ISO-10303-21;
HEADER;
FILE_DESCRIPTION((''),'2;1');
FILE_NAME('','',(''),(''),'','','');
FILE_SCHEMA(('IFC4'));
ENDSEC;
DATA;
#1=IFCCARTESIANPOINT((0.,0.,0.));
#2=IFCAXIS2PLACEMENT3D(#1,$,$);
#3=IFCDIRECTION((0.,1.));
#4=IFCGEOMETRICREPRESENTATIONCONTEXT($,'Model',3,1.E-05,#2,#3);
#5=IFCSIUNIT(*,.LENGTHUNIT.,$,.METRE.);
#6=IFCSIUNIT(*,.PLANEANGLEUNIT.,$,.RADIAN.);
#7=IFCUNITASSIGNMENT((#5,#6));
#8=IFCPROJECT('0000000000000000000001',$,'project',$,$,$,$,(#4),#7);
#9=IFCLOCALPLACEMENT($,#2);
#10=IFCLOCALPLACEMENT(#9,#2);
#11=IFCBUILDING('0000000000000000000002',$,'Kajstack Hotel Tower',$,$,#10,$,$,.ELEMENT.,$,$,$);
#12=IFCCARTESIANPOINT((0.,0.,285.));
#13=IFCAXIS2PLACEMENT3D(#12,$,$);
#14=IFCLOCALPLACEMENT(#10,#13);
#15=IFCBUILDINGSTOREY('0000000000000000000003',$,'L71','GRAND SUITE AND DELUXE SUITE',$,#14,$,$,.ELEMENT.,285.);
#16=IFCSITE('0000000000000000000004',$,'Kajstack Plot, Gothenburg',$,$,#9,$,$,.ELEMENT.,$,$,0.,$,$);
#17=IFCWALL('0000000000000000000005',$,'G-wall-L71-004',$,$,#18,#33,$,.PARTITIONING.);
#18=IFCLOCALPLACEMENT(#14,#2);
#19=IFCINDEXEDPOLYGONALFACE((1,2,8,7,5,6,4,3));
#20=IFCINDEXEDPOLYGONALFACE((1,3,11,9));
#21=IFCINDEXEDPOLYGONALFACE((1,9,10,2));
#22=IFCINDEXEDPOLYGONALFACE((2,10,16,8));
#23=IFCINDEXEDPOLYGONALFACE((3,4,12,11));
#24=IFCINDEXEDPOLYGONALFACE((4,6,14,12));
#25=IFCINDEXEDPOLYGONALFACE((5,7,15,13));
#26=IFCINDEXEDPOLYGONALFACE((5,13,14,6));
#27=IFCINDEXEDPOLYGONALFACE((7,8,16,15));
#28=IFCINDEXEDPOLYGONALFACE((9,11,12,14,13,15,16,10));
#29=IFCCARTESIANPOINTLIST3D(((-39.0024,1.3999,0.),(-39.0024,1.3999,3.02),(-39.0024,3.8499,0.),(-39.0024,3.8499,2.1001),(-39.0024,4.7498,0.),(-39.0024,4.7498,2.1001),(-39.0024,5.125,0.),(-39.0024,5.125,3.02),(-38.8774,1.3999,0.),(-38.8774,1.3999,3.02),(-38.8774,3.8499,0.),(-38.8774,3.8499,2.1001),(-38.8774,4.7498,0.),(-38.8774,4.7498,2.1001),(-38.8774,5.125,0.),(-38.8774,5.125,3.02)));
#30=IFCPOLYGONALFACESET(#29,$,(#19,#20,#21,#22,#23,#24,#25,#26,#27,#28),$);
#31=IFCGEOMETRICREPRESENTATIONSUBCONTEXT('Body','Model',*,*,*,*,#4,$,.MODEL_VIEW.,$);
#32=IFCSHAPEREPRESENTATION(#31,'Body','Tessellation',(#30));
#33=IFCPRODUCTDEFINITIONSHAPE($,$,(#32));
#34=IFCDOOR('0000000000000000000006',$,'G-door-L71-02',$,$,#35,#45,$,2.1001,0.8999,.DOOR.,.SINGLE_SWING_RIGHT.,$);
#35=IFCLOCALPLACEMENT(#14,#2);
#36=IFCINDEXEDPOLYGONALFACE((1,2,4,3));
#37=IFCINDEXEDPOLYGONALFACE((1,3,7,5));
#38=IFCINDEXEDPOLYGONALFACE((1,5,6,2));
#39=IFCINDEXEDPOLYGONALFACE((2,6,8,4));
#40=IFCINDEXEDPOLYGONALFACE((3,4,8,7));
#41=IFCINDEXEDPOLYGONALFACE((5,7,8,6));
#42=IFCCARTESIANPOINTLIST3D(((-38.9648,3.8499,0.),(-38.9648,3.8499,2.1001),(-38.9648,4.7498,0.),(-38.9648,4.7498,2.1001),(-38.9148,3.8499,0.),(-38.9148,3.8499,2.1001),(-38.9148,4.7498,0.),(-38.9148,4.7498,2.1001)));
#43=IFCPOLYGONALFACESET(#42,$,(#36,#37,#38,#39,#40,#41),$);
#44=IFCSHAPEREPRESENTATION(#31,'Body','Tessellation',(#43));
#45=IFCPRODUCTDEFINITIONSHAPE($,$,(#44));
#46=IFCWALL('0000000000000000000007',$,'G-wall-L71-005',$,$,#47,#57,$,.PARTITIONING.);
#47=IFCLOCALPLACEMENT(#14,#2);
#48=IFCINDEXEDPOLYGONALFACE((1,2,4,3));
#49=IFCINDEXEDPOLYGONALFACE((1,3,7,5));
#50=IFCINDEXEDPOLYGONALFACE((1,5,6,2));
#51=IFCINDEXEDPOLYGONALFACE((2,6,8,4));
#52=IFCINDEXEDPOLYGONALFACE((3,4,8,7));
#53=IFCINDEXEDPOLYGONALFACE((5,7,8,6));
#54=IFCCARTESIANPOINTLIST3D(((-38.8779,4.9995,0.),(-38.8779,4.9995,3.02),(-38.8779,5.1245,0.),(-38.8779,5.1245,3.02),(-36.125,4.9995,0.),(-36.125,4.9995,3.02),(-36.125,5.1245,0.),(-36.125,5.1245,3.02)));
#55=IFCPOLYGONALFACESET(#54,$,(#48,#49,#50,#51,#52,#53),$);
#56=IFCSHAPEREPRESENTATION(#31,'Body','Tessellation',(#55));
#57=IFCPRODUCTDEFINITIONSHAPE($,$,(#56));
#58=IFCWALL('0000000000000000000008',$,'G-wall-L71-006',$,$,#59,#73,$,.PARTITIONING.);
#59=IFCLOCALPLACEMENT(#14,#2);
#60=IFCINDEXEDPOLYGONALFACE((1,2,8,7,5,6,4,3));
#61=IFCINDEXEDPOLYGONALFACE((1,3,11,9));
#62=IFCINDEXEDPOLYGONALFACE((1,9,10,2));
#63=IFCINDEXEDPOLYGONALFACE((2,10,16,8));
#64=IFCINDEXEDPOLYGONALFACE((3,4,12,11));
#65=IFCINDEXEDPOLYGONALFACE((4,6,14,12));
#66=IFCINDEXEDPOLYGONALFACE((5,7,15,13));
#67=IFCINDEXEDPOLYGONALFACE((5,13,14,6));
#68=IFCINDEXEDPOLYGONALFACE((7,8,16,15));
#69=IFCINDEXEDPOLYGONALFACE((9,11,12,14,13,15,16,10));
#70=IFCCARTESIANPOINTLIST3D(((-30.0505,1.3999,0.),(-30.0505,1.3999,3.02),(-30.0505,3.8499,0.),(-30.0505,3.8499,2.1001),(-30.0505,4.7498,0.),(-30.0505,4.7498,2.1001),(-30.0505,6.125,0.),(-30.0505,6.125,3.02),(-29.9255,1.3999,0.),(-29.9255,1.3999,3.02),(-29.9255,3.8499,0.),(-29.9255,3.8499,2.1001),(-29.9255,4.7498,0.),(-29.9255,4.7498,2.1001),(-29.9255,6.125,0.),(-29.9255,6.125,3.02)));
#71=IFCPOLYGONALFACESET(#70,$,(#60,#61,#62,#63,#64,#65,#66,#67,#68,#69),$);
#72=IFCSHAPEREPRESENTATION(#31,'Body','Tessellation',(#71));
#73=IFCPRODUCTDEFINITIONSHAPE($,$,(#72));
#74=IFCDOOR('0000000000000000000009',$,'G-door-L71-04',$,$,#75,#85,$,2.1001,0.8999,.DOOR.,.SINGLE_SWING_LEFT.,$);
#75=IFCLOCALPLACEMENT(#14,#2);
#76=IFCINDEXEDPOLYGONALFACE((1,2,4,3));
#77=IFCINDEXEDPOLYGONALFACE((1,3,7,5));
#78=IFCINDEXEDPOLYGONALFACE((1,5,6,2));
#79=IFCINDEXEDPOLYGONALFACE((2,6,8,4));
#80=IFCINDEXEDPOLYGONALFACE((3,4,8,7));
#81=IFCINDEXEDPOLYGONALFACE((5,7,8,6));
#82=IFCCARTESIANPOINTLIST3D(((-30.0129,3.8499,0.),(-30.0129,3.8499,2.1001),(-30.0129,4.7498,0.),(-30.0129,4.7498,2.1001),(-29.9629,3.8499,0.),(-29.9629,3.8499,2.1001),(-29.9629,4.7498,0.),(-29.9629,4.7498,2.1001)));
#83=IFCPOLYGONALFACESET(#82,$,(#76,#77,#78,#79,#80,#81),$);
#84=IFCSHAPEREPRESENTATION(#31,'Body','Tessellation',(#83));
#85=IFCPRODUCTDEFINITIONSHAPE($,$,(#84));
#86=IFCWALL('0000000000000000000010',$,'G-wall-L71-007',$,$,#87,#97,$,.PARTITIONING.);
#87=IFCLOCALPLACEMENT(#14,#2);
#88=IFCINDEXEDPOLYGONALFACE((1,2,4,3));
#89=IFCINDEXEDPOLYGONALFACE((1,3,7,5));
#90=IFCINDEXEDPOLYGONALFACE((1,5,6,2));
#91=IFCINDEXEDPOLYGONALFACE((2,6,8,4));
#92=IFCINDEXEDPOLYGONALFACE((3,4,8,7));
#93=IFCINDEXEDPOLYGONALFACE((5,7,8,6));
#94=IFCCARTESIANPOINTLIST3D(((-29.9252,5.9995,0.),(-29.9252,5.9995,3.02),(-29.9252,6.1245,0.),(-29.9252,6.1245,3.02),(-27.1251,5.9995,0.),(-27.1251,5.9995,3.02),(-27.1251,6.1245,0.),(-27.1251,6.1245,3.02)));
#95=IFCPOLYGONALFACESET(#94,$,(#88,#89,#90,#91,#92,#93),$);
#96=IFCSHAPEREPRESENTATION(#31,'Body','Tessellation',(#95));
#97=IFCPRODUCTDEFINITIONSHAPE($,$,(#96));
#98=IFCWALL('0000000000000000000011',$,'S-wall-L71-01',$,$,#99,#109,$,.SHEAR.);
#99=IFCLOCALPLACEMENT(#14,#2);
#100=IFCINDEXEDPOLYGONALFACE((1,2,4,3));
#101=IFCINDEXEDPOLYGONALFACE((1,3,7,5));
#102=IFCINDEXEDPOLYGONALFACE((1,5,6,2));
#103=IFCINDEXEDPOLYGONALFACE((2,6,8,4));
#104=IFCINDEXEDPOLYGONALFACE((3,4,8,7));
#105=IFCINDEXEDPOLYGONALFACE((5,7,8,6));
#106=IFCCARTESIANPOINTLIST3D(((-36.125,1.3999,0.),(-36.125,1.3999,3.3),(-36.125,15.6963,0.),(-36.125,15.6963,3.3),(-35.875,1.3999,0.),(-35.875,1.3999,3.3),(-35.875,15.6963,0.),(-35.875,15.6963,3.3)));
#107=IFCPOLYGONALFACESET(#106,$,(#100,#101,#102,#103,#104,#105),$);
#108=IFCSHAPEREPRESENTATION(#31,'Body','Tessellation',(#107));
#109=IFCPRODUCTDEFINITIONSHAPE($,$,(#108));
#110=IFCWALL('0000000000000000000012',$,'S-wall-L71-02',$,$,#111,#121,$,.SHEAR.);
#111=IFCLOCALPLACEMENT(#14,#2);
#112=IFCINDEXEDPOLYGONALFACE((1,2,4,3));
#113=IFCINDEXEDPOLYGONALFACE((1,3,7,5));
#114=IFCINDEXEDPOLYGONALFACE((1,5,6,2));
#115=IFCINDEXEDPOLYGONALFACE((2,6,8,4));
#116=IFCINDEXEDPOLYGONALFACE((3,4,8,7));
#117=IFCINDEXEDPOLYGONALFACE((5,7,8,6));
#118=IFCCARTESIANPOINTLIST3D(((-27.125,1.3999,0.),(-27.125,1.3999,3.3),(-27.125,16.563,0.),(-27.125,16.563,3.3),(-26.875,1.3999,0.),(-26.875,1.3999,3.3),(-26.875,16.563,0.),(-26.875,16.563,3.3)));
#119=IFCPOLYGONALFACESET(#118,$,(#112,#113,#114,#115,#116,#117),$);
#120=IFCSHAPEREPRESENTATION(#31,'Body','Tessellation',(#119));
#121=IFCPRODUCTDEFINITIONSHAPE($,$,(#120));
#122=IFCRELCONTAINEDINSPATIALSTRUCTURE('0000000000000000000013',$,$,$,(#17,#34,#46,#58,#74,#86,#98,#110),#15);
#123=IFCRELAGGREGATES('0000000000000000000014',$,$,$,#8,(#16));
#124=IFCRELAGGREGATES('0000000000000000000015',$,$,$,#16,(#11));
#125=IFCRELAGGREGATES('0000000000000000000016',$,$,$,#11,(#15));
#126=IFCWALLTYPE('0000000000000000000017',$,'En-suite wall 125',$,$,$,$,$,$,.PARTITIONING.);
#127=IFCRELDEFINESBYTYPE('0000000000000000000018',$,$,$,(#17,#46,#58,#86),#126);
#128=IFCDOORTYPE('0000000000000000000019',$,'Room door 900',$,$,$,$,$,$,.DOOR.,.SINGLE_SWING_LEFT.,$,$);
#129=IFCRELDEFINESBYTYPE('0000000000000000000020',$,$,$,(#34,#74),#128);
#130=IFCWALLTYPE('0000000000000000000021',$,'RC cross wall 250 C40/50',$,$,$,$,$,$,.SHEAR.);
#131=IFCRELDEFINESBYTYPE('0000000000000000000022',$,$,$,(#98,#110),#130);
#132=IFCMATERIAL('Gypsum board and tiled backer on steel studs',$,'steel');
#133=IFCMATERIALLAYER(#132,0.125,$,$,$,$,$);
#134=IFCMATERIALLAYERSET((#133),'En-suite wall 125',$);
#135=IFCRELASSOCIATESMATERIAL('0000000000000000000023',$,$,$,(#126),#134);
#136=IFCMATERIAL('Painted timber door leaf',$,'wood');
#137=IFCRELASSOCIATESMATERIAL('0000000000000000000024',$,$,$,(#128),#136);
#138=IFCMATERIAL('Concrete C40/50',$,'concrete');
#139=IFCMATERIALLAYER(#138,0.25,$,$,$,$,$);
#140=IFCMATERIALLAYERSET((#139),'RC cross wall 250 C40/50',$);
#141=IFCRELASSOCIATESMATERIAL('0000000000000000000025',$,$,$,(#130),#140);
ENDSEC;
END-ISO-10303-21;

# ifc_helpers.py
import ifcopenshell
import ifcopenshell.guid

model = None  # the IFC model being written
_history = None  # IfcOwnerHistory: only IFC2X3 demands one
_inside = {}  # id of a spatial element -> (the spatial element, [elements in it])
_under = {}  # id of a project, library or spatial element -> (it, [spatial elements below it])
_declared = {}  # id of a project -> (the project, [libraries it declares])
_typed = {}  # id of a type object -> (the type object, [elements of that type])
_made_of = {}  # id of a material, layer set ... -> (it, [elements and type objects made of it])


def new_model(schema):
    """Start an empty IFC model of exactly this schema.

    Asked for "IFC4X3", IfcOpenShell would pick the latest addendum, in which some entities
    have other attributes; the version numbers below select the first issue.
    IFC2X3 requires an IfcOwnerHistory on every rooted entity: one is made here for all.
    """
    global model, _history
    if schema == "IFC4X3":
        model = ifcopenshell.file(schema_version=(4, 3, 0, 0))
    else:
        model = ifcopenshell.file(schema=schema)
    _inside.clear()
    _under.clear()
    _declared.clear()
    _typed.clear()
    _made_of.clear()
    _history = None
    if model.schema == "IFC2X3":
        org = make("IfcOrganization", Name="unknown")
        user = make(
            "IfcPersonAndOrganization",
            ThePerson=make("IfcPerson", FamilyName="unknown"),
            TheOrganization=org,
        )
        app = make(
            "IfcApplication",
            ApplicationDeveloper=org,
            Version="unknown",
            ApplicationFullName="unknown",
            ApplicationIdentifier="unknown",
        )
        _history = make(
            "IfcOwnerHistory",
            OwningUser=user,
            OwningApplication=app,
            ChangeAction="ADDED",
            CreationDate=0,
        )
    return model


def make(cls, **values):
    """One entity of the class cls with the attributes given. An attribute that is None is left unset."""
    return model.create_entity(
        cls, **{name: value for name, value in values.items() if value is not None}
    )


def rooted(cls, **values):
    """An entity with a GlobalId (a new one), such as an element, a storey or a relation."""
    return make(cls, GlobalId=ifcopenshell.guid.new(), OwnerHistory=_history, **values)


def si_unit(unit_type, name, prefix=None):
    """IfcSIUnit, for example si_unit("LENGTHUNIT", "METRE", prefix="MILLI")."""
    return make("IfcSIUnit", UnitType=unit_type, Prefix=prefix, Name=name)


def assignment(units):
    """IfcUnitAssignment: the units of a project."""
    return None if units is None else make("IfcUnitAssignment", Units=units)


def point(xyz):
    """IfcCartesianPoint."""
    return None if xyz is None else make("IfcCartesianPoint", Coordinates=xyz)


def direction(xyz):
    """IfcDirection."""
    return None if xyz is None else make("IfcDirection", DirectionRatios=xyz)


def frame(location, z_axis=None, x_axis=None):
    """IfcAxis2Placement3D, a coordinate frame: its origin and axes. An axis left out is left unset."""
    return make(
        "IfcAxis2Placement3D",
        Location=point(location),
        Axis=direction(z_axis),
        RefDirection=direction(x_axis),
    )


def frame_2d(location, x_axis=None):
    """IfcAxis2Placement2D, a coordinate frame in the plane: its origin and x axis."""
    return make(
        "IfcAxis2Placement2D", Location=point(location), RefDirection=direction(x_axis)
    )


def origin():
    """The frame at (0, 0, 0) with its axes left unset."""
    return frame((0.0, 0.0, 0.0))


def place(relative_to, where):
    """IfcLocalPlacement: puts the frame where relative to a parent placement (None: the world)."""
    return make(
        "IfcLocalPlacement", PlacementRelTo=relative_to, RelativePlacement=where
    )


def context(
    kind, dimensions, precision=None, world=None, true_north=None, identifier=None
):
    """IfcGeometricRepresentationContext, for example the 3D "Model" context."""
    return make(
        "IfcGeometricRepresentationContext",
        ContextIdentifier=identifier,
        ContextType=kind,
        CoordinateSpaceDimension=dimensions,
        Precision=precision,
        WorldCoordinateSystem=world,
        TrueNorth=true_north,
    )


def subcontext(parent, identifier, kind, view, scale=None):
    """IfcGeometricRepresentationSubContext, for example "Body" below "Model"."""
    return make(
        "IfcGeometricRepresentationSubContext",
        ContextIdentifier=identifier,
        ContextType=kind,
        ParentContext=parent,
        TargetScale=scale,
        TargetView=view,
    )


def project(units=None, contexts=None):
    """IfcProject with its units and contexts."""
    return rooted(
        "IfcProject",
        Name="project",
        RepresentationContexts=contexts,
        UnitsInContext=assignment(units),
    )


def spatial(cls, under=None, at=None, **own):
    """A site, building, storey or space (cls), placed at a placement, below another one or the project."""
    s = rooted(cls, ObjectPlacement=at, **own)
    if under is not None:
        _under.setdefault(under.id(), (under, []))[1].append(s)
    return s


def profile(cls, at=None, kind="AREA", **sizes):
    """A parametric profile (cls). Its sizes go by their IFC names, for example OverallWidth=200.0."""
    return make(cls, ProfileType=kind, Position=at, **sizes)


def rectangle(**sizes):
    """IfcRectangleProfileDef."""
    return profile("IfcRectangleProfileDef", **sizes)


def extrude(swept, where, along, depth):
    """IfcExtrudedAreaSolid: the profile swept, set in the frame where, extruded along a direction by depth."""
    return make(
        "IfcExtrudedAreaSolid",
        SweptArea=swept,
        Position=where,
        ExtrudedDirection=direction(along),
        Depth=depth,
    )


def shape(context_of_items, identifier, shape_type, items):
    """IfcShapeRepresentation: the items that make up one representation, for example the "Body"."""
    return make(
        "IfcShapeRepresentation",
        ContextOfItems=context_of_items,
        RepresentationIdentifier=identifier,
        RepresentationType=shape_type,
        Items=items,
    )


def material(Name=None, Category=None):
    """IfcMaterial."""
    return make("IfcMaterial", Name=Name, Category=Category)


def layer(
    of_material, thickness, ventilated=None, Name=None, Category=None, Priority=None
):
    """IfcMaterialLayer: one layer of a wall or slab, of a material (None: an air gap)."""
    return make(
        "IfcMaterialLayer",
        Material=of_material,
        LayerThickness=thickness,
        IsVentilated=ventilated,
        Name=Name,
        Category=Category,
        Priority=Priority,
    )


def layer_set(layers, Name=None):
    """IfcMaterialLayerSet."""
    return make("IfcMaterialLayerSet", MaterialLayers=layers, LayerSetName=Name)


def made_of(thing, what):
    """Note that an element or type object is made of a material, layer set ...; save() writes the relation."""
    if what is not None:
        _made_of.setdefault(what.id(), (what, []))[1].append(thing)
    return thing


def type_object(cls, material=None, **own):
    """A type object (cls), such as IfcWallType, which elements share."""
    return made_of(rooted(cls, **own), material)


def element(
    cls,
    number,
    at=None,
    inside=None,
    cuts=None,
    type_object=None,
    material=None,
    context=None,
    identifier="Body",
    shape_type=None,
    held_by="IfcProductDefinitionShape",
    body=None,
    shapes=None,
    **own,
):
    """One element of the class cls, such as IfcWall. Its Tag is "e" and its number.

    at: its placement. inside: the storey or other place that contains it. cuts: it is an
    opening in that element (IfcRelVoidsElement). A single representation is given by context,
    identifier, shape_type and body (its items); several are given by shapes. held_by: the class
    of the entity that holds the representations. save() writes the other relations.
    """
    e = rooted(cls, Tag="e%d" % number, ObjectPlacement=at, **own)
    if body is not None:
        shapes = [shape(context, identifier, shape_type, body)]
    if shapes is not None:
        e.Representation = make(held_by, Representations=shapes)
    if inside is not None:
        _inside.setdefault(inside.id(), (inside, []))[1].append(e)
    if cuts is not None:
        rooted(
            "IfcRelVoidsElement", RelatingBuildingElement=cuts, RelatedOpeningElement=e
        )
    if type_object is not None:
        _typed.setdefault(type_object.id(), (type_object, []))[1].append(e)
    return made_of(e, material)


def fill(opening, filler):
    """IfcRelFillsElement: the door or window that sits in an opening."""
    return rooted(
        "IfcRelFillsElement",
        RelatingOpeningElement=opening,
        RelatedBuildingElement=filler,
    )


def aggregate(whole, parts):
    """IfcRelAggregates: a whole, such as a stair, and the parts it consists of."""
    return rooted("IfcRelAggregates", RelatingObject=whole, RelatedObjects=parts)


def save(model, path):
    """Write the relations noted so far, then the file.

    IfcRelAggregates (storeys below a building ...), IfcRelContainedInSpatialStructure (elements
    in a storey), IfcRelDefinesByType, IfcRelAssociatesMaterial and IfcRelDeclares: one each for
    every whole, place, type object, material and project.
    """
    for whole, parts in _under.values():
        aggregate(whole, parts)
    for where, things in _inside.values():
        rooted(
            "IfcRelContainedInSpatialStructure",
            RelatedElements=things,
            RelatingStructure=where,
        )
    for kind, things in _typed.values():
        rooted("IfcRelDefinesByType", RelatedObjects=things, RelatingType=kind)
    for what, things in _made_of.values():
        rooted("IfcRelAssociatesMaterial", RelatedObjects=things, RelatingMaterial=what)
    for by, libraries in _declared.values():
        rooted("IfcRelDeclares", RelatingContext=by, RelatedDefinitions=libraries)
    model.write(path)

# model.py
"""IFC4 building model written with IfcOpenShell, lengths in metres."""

from ifc_helpers import new_model, si_unit, direction, frame, frame_2d, origin, place, context, subcontext, project, spatial, rectangle, extrude, material, layer, layer_set, type_object, element, fill, save


model = new_model("IFC4")

# Units and contexts
model_context = context("Model", 3, precision=1e-05, world=origin(), true_north=direction((0.0, 1.0)))
body_context = subcontext(model_context, "Body", "Model", "MODEL_VIEW")
ifc_project = project(units=[si_unit("LENGTHUNIT", "METRE"), si_unit("PLANEANGLEUNIT", "RADIAN")], contexts=[model_context])

# Site, building, storey
site_placement = place(None, origin())
site = spatial("IfcSite", under=ifc_project, at=site_placement, Name="Kajstack Plot, Gothenburg", CompositionType="ELEMENT", RefElevation=0.0)
building_placement = place(site_placement, origin())
building = spatial("IfcBuilding", under=site, at=building_placement, Name="Kajstack Hotel Tower", CompositionType="ELEMENT")
storey_placement = place(building_placement, frame((0.0, 0.0, 285.0)))
storey = spatial("IfcBuildingStorey", under=building, at=storey_placement, Name="L71", Description="GRAND SUITE AND DELUXE SUITE", CompositionType="ELEMENT", Elevation=285.0)

# Wall, opening, door
ifc_material_1 = material(Name="Gypsum board and tiled backer on steel studs", Category="steel")
ifc_layer_1 = layer(ifc_material_1, 0.125)
ifc_layer_set_1 = layer_set([ifc_layer_1], Name="En-suite wall 125")
wall_type_1 = type_object("IfcWallType", Name="En-suite wall 125", PredefinedType="PARTITIONING", material=ifc_layer_set_1)
wall_1_placement = place(storey_placement, frame((-38.9399, 1.3999, 0.0), z_axis=(0.0, 0.0, 1.0), x_axis=(0.0, 1.0, 0.0)))
wall_1 = element("IfcWall", 1, at=wall_1_placement, inside=storey, type_object=wall_type_1, Name="G-wall-L71-004", PredefinedType="PARTITIONING", context=body_context, shape_type="SweptSolid", body=[
    extrude(rectangle(XDim=3.7251, YDim=0.125, at=frame_2d((1.8625, 0.0))), origin(), (0.0, 0.0, 1.0), 3.02),
])
opening_1_placement = place(wall_1_placement, frame((2.45, 0.0, 0.0)))
opening_1 = element("IfcOpeningElement", 2, at=opening_1_placement, cuts=wall_1, PredefinedType="OPENING", context=body_context, shape_type="SweptSolid", body=[
    extrude(rectangle(XDim=0.8999, YDim=2.1001, at=frame_2d((0.45, 1.05))), frame((0.0, 0.0725, 0.0), z_axis=(0.0, -1.0, 0.0), x_axis=(1.0, 0.0, 0.0)), (0.0, 0.0, 1.0), 0.145),
])
ifc_material_2 = material(Name="Painted timber door leaf", Category="wood")
door_type = type_object("IfcDoorType", Name="Room door 900", OperationType="SINGLE_SWING_LEFT", PredefinedType="DOOR", material=ifc_material_2)
door_1_placement = place(opening_1_placement, origin())
door_1 = element("IfcDoor", 3, at=door_1_placement, inside=storey, type_object=door_type, Name="G-door-L71-02", OperationType="SINGLE_SWING_RIGHT", OverallHeight=2.1001, OverallWidth=0.8999, PredefinedType="DOOR", context=body_context, shape_type="SweptSolid", body=[
    extrude(rectangle(XDim=0.8999, YDim=2.1001, at=frame_2d((0.45, 1.05))), frame((0.0, 0.0249, 0.0), z_axis=(0.0, -1.0, 0.0), x_axis=(1.0, 0.0, 0.0)), (0.0, 0.0, 1.0), 0.05),
])
fill(opening_1, door_1)

# Wall
wall_2_placement = place(storey_placement, frame((-38.8779, 5.062, 0.0), z_axis=(0.0, 0.0, 1.0), x_axis=(1.0, 0.0, 0.0)))
element("IfcWall", 4, at=wall_2_placement, inside=storey, type_object=wall_type_1, Name="G-wall-L71-005", PredefinedType="PARTITIONING", context=body_context, shape_type="SweptSolid", body=[
    extrude(rectangle(XDim=2.7529, YDim=0.125, at=frame_2d((1.3765, 0.0))), origin(), (0.0, 0.0, 1.0), 3.02),
])

# Wall, opening, door
wall_3_placement = place(storey_placement, frame((-29.988, 1.3999, 0.0), z_axis=(0.0, 0.0, 1.0), x_axis=(0.0, 1.0, 0.0)))
wall_3 = element("IfcWall", 5, at=wall_3_placement, inside=storey, type_object=wall_type_1, Name="G-wall-L71-006", PredefinedType="PARTITIONING", context=body_context, shape_type="SweptSolid", body=[
    extrude(rectangle(XDim=4.7251, YDim=0.125, at=frame_2d((2.3625, 0.0))), origin(), (0.0, 0.0, 1.0), 3.02),
])
opening_2_placement = place(wall_3_placement, frame((2.45, 0.0, 0.0)))
opening_2 = element("IfcOpeningElement", 6, at=opening_2_placement, cuts=wall_3, PredefinedType="OPENING", context=body_context, shape_type="SweptSolid", body=[
    extrude(rectangle(XDim=0.8999, YDim=2.1001, at=frame_2d((0.45, 1.05))), frame((0.0, 0.0725, 0.0), z_axis=(0.0, -1.0, 0.0), x_axis=(1.0, 0.0, 0.0)), (0.0, 0.0, 1.0), 0.145),
])
door_2_placement = place(opening_2_placement, origin())
door_2 = element("IfcDoor", 7, at=door_2_placement, inside=storey, type_object=door_type, Name="G-door-L71-04", OperationType="SINGLE_SWING_LEFT", OverallHeight=2.1001, OverallWidth=0.8999, PredefinedType="DOOR", context=body_context, shape_type="SweptSolid", body=[
    extrude(rectangle(XDim=0.8999, YDim=2.1001, at=frame_2d((0.45, 1.05))), frame((0.0, 0.0249, 0.0), z_axis=(0.0, -1.0, 0.0), x_axis=(1.0, 0.0, 0.0)), (0.0, 0.0, 1.0), 0.05),
])
fill(opening_2, door_2)

# Walls
wall_4_placement = place(storey_placement, frame((-29.925, 6.062, 0.0), z_axis=(0.0, 0.0, 1.0), x_axis=(1.0, 0.0, 0.0)))
element("IfcWall", 8, at=wall_4_placement, inside=storey, type_object=wall_type_1, Name="G-wall-L71-007", PredefinedType="PARTITIONING", context=body_context, shape_type="SweptSolid", body=[
    extrude(rectangle(XDim=2.8, YDim=0.125, at=frame_2d((1.3999, 0.0))), origin(), (0.0, 0.0, 1.0), 3.02),
])
ifc_material_3 = material(Name="Concrete C40/50", Category="concrete")
ifc_layer_2 = layer(ifc_material_3, 0.25)
ifc_layer_set_2 = layer_set([ifc_layer_2], Name="RC cross wall 250 C40/50")
wall_type_2 = type_object("IfcWallType", Name="RC cross wall 250 C40/50", PredefinedType="SHEAR", material=ifc_layer_set_2)
wall_5_placement = place(storey_placement, frame((-36.0, 1.3999, 0.0), z_axis=(0.0, 0.0, 1.0), x_axis=(0.0, 1.0, 0.0)))
element("IfcWall", 9, at=wall_5_placement, inside=storey, type_object=wall_type_2, Name="S-wall-L71-01", PredefinedType="SHEAR", context=body_context, shape_type="SweptSolid", body=[
    extrude(rectangle(XDim=14.2964, YDim=0.25, at=frame_2d((7.1482, 0.0))), origin(), (0.0, 0.0, 1.0), 3.3),
])
wall_6_placement = place(storey_placement, frame((-27.0, 1.3999, 0.0), z_axis=(0.0, 0.0, 1.0), x_axis=(0.0, 1.0, 0.0)))
element("IfcWall", 10, at=wall_6_placement, inside=storey, type_object=wall_type_2, Name="S-wall-L71-02", PredefinedType="SHEAR", context=body_context, shape_type="SweptSolid", body=[
    extrude(rectangle(XDim=15.1631, YDim=0.25, at=frame_2d((7.5815, 0.0))), origin(), (0.0, 0.0, 1.0), 3.3),
])

save(model, "model.ifc")
